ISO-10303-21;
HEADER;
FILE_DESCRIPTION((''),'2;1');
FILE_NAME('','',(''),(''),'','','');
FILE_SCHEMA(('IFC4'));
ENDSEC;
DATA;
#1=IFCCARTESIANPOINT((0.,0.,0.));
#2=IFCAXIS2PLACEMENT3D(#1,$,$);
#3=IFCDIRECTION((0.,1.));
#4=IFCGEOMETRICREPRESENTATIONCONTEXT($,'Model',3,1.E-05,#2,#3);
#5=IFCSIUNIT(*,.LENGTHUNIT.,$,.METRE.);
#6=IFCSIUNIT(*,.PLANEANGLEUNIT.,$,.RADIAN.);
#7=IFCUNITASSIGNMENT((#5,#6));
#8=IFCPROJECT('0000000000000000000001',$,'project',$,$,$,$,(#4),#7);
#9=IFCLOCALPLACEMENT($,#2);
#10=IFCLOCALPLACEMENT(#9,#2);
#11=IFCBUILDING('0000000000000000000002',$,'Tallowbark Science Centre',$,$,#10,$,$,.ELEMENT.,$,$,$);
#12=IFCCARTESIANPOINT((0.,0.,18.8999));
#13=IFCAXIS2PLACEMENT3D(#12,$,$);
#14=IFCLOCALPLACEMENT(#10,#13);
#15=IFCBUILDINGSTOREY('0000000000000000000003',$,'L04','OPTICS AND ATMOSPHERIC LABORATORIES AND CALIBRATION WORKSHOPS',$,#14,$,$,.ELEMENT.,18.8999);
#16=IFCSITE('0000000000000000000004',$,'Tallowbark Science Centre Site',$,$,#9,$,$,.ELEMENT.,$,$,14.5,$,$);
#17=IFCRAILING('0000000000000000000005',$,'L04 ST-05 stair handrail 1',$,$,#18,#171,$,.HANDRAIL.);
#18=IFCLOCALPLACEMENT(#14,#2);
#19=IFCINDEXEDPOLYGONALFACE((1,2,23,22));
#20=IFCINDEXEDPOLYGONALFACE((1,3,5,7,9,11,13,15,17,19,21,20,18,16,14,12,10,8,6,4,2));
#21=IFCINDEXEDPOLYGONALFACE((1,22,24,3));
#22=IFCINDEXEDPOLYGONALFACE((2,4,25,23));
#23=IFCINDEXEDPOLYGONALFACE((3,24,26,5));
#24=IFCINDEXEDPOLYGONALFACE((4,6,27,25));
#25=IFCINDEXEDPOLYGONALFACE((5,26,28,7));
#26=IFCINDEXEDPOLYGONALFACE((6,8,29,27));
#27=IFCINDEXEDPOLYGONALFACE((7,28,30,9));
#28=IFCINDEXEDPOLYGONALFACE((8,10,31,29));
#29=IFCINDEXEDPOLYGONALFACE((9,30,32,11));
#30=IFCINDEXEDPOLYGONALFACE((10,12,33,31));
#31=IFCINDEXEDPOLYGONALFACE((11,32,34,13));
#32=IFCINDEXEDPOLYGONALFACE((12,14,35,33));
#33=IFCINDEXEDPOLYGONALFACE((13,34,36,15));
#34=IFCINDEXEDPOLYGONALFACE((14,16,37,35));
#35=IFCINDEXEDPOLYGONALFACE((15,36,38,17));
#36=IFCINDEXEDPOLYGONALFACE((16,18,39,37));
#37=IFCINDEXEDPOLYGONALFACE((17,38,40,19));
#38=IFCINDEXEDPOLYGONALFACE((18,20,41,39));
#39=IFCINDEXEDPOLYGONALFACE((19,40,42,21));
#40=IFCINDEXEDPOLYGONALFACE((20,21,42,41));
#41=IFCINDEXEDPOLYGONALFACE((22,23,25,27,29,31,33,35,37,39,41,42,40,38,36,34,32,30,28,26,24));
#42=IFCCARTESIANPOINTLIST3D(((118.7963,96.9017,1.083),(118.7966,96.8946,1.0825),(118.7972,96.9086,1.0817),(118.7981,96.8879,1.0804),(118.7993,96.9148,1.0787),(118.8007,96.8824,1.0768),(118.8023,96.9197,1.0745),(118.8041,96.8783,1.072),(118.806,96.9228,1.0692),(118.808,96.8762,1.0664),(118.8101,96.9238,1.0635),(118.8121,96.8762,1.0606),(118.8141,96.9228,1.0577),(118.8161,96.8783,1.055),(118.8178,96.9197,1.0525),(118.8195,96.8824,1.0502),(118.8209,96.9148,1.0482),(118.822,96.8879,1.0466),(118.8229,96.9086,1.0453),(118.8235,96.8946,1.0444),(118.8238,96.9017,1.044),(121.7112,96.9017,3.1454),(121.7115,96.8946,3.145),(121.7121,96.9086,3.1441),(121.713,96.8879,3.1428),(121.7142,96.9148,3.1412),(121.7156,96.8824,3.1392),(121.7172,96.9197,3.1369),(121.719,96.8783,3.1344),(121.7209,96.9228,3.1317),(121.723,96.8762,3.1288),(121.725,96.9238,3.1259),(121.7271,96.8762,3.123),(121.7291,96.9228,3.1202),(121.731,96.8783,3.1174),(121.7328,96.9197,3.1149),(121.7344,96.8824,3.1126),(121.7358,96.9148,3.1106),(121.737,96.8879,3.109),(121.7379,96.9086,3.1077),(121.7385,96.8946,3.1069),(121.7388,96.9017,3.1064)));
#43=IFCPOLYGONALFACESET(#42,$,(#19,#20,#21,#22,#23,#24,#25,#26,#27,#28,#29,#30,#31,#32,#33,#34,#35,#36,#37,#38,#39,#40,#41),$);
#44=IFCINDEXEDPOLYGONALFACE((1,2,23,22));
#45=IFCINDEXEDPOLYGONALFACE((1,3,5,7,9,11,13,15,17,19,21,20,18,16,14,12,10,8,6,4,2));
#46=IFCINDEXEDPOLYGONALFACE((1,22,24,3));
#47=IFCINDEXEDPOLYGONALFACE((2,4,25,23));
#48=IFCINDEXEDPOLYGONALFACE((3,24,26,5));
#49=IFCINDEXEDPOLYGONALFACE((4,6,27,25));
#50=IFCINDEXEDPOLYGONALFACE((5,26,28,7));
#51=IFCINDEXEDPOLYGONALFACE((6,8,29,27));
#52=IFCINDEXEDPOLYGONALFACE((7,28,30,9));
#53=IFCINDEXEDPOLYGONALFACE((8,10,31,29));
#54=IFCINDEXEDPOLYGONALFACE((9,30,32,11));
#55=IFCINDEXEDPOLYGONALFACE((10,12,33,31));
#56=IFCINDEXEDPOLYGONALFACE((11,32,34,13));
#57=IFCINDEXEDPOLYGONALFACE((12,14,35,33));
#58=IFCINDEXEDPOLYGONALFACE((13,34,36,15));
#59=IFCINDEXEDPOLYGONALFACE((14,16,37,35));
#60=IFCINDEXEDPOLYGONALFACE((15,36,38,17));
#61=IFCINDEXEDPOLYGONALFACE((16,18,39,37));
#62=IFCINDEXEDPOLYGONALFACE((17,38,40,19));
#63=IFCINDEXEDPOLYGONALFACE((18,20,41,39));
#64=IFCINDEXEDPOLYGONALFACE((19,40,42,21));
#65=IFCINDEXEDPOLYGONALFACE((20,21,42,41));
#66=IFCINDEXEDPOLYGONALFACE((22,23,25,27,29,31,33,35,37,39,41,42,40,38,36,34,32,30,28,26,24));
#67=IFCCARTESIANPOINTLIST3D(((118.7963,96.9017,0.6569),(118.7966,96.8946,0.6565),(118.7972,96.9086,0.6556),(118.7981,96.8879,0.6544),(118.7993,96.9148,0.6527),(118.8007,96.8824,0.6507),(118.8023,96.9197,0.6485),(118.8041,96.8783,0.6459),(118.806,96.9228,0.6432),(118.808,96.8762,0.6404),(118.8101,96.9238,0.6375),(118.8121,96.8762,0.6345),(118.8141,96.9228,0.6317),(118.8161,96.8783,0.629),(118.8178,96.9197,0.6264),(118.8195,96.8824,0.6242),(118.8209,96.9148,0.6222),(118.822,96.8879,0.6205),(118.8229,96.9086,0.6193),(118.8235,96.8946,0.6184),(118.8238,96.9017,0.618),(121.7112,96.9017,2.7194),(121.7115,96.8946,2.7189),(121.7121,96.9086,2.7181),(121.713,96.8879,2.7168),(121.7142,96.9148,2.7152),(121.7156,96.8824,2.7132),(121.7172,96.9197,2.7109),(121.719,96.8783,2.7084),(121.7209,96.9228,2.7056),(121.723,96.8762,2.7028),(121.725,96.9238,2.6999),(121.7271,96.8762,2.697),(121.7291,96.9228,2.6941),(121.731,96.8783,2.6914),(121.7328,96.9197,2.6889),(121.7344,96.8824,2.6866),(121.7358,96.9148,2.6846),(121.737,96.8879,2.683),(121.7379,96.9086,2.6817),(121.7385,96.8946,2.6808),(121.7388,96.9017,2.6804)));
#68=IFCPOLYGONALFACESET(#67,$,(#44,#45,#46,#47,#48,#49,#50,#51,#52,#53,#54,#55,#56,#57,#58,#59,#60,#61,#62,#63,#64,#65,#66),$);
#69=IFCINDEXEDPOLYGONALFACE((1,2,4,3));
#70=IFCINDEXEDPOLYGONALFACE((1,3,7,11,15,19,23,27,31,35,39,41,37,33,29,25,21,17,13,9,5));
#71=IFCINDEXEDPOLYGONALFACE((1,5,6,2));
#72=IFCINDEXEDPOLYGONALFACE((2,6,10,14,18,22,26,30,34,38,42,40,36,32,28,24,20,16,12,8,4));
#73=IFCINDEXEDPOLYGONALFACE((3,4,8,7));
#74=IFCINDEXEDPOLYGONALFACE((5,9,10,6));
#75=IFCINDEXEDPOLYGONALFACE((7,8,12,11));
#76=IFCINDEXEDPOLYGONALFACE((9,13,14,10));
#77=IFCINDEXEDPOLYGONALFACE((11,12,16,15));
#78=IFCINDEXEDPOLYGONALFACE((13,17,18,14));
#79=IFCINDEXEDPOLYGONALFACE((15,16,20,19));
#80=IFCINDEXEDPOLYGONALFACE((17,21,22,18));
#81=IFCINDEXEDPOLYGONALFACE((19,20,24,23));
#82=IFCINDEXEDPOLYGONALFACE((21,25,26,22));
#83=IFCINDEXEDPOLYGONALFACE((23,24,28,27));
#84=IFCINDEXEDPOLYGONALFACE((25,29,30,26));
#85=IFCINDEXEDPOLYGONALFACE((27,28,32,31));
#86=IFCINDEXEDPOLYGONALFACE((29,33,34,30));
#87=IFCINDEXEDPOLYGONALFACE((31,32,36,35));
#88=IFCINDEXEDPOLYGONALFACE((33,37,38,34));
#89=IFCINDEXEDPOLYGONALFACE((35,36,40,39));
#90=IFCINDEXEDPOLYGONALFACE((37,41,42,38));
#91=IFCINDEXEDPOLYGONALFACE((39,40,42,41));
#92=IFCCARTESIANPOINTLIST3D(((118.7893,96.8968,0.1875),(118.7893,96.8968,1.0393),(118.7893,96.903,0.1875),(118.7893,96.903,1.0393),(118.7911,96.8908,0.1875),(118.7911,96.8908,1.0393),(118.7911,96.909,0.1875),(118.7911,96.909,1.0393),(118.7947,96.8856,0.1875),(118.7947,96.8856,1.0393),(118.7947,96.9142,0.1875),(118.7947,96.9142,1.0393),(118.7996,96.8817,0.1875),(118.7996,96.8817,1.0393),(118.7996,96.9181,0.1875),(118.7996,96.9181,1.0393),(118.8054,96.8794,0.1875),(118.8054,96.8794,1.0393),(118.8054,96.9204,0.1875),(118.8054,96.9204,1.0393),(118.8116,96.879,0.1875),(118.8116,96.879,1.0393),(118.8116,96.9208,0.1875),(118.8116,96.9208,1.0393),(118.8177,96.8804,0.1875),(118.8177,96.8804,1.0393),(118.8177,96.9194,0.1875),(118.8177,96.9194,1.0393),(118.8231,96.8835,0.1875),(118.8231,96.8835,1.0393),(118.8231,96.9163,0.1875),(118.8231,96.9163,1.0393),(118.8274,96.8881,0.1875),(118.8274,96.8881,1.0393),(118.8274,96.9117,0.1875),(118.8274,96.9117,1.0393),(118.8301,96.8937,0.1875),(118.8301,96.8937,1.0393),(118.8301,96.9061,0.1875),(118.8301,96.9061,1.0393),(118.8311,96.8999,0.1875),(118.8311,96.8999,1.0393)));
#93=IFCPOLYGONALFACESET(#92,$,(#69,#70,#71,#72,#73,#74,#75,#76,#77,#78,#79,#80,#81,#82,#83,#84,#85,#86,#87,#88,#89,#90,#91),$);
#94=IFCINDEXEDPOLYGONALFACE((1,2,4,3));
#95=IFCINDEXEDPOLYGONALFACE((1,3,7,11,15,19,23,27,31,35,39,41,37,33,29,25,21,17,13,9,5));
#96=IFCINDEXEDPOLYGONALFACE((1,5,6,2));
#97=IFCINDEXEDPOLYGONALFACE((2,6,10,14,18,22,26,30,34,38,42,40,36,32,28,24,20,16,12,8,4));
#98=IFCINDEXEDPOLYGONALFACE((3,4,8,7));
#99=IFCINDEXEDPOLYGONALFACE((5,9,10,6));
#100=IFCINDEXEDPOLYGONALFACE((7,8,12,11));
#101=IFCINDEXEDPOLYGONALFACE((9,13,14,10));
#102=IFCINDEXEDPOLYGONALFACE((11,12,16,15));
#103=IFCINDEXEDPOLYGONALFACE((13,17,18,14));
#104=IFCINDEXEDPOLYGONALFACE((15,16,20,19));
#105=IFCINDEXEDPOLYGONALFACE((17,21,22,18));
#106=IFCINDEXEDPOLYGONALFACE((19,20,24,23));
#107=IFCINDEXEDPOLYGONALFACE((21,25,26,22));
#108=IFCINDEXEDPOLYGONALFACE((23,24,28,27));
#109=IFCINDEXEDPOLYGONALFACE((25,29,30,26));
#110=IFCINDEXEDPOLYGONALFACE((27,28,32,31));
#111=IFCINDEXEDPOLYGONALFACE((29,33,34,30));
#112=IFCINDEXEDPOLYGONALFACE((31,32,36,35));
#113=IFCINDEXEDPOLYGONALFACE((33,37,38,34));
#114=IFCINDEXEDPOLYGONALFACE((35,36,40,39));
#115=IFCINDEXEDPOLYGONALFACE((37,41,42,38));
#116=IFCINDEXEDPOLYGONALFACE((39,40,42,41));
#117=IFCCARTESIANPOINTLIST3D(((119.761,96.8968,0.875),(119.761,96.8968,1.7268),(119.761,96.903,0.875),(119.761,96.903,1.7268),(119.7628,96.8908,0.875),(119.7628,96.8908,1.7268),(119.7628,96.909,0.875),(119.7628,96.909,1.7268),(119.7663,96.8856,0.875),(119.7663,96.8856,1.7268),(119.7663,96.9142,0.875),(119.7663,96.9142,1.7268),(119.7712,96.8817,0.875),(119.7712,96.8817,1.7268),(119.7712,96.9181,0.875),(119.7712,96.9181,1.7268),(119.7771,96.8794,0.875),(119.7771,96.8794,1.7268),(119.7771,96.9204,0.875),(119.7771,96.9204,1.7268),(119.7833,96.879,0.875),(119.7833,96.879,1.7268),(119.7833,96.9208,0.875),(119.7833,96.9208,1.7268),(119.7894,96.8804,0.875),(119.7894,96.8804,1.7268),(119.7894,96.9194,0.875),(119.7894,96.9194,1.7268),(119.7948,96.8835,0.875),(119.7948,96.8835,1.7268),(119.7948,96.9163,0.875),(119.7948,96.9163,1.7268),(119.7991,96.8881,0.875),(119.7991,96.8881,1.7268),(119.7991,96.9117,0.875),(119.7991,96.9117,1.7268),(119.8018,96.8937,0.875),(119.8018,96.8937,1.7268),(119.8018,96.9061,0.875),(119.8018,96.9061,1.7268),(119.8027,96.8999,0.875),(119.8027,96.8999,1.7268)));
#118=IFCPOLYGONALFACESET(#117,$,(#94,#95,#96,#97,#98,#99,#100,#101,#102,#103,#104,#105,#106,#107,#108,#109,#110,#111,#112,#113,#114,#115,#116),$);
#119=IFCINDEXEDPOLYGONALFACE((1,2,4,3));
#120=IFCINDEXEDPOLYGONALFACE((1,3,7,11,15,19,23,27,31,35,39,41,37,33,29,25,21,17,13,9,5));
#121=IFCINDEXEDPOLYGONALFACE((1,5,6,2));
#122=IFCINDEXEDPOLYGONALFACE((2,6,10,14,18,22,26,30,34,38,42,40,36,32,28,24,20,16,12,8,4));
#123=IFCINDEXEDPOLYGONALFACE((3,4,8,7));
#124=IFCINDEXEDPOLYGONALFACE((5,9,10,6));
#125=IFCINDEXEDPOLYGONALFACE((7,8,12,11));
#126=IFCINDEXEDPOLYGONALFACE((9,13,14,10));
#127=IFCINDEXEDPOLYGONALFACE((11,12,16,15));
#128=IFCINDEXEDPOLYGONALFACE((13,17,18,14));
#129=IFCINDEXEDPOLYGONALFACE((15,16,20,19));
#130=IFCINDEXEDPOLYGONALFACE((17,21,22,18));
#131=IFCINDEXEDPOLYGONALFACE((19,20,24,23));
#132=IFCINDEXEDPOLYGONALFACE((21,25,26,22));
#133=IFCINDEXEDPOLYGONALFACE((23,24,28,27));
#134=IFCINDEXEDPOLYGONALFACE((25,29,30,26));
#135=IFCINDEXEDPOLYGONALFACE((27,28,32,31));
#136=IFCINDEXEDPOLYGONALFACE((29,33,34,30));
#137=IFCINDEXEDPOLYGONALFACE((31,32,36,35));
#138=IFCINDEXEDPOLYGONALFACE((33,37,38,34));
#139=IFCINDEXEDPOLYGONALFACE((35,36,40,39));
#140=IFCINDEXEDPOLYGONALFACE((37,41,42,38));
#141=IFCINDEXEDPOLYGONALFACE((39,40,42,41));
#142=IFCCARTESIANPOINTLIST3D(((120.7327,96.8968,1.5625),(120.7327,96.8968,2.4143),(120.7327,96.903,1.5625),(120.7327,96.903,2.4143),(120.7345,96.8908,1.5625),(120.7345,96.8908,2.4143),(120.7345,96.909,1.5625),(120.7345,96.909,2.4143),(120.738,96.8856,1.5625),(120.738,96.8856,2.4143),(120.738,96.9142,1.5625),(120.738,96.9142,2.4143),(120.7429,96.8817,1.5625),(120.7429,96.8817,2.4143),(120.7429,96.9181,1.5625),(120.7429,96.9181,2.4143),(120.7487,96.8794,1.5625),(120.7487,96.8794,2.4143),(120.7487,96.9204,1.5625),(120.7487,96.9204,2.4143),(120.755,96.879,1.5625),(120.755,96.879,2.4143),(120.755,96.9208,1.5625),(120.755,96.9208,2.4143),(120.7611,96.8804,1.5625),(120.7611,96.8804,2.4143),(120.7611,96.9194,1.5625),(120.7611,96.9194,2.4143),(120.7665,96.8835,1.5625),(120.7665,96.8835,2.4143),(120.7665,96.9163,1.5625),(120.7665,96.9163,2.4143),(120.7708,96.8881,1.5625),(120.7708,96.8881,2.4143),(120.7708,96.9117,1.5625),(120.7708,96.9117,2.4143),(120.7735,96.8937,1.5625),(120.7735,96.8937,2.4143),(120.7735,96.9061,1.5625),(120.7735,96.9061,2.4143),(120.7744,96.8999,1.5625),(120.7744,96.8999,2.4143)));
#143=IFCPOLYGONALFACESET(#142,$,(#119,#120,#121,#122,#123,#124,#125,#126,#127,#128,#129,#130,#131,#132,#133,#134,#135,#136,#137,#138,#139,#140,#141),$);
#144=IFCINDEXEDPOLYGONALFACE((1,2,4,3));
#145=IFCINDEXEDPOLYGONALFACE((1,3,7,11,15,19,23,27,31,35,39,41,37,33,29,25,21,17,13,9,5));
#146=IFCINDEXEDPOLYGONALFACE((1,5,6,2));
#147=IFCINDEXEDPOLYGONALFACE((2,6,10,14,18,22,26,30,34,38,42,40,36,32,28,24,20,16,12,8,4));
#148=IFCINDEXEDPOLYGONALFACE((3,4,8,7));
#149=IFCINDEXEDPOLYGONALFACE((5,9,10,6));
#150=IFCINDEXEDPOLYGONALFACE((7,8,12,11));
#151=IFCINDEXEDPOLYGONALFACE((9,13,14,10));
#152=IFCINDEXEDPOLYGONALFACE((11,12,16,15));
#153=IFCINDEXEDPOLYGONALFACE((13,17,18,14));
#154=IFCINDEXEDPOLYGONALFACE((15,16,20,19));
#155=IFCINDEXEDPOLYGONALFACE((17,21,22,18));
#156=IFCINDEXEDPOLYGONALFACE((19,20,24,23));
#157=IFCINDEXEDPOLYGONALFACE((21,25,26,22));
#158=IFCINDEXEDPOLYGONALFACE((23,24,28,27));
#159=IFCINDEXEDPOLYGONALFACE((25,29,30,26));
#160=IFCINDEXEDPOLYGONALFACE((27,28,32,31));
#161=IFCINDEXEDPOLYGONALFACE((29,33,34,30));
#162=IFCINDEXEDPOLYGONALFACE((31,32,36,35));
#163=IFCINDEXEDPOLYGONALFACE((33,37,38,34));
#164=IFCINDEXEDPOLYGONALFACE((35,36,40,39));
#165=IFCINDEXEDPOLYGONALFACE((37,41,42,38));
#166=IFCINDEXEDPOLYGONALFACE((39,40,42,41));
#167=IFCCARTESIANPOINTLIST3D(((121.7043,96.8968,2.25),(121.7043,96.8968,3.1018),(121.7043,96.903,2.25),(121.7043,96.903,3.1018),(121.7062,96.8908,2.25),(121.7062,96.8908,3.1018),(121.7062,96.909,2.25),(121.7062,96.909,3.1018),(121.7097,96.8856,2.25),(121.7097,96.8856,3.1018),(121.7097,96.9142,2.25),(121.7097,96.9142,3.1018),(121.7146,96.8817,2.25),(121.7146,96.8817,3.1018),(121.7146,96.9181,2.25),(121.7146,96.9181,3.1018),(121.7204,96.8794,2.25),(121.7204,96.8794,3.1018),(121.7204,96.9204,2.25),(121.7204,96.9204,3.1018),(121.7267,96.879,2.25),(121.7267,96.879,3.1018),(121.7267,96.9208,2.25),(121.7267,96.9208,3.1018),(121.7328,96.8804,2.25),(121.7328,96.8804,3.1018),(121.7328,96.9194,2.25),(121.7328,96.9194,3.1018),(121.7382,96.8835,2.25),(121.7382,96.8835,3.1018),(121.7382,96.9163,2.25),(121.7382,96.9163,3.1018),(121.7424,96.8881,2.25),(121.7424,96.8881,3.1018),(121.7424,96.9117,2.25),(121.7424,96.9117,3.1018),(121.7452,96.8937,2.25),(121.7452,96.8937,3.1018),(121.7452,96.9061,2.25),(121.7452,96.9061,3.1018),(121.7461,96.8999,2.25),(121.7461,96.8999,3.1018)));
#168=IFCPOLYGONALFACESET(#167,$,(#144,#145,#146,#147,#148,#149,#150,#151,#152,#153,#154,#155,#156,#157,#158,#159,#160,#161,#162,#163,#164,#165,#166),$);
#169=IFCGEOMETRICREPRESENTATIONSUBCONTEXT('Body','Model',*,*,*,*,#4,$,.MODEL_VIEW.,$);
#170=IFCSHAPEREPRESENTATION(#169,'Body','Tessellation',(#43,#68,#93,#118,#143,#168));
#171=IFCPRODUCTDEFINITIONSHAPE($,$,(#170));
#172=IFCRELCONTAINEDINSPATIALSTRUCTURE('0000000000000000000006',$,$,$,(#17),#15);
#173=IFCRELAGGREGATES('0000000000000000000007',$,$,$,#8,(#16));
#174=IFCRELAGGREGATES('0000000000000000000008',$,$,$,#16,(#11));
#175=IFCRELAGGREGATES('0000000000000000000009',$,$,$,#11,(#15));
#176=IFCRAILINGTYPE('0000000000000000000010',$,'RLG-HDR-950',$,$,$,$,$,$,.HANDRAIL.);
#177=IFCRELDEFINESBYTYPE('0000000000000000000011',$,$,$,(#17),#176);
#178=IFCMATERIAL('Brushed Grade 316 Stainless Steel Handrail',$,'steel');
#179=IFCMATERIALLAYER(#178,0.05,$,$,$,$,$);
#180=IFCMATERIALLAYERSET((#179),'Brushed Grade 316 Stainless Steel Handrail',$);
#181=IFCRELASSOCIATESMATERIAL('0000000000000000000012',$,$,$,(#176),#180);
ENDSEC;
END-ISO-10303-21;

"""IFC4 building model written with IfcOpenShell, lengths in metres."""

from ifc_helpers import new_model, si_unit, direction, frame, origin, origin_2d, place, context, subcontext, project, spatial, circle, extrude, material, layer, layer_set, type_object, element, save


model = new_model("IFC4")

# Units and contexts
model_context = context("Model", 3, precision=1e-05, world=origin(), true_north=direction((0.0, 1.0)))
body_context = subcontext(model_context, "Body", "Model", "MODEL_VIEW")
ifc_project = project(units=[si_unit("LENGTHUNIT", "METRE"), si_unit("PLANEANGLEUNIT", "RADIAN")], contexts=[model_context])

# Site, building, storey
site_placement = place(None, origin())
site = spatial("IfcSite", under=ifc_project, at=site_placement, Name="Tallowbark Science Centre Site", CompositionType="ELEMENT", RefElevation=14.5)
building_placement = place(site_placement, origin())
building = spatial("IfcBuilding", under=site, at=building_placement, Name="Tallowbark Science Centre", CompositionType="ELEMENT")
storey_placement = place(building_placement, frame((0.0, 0.0, 18.8999)))
storey = spatial("IfcBuildingStorey", under=building, at=storey_placement, Name="L04", Description="OPTICS AND ATMOSPHERIC LABORATORIES AND CALIBRATION WORKSHOPS", CompositionType="ELEMENT", Elevation=18.8999)

# Railing
ifc_material_1 = material(Name="Brushed Grade 316 Stainless Steel Handrail", Category="steel")
ifc_layer_1 = layer(ifc_material_1, 0.05)
ifc_layer_set_1 = layer_set([ifc_layer_1], Name="Brushed Grade 316 Stainless Steel Handrail")
railing_type_1 = type_object("IfcRailingType", Name="RLG-HDR-950", PredefinedType="HANDRAIL", material=ifc_layer_set_1)
railing_1_placement = place(storey_placement, frame((118.8101, 96.8999, 0.1875)))
element("IfcRailing", 1, at=railing_1_placement, inside=storey, type_object=railing_type_1, Name="L04 ST-05 stair handrail 1", PredefinedType="HANDRAIL", context=body_context, shape_type="SweptSolid", body=[
    extrude(circle(Radius=0.0239, at=origin_2d()), frame((0.0, 0.0, 0.876), z_axis=(0.816331, 0.0, 0.577585), x_axis=(0.0, 1.0, 0.0)), (0.0, 0.0, 1.0), 3.5708),
    extrude(circle(Radius=0.0239, at=origin_2d()), frame((0.0, 0.0, 0.45), z_axis=(0.816331, 0.0, 0.577585), x_axis=(0.0, 1.0, 0.0)), (0.0, 0.0, 1.0), 3.5708),
    extrude(circle(Radius=0.021, at=origin_2d()), origin(), (0.0, 0.0, 1.0), 0.8518),
    extrude(circle(Radius=0.021, at=origin_2d()), frame((0.9717, 0.0, 0.6875)), (0.0, 0.0, 1.0), 0.8518),
    extrude(circle(Radius=0.021, at=origin_2d()), frame((1.9434, 0.0, 1.375)), (0.0, 0.0, 1.0), 0.8518),
    extrude(circle(Radius=0.021, at=origin_2d()), frame((2.915, 0.0, 2.0625)), (0.0, 0.0, 1.0), 0.8518),
])

save(model, "model.ifc")
